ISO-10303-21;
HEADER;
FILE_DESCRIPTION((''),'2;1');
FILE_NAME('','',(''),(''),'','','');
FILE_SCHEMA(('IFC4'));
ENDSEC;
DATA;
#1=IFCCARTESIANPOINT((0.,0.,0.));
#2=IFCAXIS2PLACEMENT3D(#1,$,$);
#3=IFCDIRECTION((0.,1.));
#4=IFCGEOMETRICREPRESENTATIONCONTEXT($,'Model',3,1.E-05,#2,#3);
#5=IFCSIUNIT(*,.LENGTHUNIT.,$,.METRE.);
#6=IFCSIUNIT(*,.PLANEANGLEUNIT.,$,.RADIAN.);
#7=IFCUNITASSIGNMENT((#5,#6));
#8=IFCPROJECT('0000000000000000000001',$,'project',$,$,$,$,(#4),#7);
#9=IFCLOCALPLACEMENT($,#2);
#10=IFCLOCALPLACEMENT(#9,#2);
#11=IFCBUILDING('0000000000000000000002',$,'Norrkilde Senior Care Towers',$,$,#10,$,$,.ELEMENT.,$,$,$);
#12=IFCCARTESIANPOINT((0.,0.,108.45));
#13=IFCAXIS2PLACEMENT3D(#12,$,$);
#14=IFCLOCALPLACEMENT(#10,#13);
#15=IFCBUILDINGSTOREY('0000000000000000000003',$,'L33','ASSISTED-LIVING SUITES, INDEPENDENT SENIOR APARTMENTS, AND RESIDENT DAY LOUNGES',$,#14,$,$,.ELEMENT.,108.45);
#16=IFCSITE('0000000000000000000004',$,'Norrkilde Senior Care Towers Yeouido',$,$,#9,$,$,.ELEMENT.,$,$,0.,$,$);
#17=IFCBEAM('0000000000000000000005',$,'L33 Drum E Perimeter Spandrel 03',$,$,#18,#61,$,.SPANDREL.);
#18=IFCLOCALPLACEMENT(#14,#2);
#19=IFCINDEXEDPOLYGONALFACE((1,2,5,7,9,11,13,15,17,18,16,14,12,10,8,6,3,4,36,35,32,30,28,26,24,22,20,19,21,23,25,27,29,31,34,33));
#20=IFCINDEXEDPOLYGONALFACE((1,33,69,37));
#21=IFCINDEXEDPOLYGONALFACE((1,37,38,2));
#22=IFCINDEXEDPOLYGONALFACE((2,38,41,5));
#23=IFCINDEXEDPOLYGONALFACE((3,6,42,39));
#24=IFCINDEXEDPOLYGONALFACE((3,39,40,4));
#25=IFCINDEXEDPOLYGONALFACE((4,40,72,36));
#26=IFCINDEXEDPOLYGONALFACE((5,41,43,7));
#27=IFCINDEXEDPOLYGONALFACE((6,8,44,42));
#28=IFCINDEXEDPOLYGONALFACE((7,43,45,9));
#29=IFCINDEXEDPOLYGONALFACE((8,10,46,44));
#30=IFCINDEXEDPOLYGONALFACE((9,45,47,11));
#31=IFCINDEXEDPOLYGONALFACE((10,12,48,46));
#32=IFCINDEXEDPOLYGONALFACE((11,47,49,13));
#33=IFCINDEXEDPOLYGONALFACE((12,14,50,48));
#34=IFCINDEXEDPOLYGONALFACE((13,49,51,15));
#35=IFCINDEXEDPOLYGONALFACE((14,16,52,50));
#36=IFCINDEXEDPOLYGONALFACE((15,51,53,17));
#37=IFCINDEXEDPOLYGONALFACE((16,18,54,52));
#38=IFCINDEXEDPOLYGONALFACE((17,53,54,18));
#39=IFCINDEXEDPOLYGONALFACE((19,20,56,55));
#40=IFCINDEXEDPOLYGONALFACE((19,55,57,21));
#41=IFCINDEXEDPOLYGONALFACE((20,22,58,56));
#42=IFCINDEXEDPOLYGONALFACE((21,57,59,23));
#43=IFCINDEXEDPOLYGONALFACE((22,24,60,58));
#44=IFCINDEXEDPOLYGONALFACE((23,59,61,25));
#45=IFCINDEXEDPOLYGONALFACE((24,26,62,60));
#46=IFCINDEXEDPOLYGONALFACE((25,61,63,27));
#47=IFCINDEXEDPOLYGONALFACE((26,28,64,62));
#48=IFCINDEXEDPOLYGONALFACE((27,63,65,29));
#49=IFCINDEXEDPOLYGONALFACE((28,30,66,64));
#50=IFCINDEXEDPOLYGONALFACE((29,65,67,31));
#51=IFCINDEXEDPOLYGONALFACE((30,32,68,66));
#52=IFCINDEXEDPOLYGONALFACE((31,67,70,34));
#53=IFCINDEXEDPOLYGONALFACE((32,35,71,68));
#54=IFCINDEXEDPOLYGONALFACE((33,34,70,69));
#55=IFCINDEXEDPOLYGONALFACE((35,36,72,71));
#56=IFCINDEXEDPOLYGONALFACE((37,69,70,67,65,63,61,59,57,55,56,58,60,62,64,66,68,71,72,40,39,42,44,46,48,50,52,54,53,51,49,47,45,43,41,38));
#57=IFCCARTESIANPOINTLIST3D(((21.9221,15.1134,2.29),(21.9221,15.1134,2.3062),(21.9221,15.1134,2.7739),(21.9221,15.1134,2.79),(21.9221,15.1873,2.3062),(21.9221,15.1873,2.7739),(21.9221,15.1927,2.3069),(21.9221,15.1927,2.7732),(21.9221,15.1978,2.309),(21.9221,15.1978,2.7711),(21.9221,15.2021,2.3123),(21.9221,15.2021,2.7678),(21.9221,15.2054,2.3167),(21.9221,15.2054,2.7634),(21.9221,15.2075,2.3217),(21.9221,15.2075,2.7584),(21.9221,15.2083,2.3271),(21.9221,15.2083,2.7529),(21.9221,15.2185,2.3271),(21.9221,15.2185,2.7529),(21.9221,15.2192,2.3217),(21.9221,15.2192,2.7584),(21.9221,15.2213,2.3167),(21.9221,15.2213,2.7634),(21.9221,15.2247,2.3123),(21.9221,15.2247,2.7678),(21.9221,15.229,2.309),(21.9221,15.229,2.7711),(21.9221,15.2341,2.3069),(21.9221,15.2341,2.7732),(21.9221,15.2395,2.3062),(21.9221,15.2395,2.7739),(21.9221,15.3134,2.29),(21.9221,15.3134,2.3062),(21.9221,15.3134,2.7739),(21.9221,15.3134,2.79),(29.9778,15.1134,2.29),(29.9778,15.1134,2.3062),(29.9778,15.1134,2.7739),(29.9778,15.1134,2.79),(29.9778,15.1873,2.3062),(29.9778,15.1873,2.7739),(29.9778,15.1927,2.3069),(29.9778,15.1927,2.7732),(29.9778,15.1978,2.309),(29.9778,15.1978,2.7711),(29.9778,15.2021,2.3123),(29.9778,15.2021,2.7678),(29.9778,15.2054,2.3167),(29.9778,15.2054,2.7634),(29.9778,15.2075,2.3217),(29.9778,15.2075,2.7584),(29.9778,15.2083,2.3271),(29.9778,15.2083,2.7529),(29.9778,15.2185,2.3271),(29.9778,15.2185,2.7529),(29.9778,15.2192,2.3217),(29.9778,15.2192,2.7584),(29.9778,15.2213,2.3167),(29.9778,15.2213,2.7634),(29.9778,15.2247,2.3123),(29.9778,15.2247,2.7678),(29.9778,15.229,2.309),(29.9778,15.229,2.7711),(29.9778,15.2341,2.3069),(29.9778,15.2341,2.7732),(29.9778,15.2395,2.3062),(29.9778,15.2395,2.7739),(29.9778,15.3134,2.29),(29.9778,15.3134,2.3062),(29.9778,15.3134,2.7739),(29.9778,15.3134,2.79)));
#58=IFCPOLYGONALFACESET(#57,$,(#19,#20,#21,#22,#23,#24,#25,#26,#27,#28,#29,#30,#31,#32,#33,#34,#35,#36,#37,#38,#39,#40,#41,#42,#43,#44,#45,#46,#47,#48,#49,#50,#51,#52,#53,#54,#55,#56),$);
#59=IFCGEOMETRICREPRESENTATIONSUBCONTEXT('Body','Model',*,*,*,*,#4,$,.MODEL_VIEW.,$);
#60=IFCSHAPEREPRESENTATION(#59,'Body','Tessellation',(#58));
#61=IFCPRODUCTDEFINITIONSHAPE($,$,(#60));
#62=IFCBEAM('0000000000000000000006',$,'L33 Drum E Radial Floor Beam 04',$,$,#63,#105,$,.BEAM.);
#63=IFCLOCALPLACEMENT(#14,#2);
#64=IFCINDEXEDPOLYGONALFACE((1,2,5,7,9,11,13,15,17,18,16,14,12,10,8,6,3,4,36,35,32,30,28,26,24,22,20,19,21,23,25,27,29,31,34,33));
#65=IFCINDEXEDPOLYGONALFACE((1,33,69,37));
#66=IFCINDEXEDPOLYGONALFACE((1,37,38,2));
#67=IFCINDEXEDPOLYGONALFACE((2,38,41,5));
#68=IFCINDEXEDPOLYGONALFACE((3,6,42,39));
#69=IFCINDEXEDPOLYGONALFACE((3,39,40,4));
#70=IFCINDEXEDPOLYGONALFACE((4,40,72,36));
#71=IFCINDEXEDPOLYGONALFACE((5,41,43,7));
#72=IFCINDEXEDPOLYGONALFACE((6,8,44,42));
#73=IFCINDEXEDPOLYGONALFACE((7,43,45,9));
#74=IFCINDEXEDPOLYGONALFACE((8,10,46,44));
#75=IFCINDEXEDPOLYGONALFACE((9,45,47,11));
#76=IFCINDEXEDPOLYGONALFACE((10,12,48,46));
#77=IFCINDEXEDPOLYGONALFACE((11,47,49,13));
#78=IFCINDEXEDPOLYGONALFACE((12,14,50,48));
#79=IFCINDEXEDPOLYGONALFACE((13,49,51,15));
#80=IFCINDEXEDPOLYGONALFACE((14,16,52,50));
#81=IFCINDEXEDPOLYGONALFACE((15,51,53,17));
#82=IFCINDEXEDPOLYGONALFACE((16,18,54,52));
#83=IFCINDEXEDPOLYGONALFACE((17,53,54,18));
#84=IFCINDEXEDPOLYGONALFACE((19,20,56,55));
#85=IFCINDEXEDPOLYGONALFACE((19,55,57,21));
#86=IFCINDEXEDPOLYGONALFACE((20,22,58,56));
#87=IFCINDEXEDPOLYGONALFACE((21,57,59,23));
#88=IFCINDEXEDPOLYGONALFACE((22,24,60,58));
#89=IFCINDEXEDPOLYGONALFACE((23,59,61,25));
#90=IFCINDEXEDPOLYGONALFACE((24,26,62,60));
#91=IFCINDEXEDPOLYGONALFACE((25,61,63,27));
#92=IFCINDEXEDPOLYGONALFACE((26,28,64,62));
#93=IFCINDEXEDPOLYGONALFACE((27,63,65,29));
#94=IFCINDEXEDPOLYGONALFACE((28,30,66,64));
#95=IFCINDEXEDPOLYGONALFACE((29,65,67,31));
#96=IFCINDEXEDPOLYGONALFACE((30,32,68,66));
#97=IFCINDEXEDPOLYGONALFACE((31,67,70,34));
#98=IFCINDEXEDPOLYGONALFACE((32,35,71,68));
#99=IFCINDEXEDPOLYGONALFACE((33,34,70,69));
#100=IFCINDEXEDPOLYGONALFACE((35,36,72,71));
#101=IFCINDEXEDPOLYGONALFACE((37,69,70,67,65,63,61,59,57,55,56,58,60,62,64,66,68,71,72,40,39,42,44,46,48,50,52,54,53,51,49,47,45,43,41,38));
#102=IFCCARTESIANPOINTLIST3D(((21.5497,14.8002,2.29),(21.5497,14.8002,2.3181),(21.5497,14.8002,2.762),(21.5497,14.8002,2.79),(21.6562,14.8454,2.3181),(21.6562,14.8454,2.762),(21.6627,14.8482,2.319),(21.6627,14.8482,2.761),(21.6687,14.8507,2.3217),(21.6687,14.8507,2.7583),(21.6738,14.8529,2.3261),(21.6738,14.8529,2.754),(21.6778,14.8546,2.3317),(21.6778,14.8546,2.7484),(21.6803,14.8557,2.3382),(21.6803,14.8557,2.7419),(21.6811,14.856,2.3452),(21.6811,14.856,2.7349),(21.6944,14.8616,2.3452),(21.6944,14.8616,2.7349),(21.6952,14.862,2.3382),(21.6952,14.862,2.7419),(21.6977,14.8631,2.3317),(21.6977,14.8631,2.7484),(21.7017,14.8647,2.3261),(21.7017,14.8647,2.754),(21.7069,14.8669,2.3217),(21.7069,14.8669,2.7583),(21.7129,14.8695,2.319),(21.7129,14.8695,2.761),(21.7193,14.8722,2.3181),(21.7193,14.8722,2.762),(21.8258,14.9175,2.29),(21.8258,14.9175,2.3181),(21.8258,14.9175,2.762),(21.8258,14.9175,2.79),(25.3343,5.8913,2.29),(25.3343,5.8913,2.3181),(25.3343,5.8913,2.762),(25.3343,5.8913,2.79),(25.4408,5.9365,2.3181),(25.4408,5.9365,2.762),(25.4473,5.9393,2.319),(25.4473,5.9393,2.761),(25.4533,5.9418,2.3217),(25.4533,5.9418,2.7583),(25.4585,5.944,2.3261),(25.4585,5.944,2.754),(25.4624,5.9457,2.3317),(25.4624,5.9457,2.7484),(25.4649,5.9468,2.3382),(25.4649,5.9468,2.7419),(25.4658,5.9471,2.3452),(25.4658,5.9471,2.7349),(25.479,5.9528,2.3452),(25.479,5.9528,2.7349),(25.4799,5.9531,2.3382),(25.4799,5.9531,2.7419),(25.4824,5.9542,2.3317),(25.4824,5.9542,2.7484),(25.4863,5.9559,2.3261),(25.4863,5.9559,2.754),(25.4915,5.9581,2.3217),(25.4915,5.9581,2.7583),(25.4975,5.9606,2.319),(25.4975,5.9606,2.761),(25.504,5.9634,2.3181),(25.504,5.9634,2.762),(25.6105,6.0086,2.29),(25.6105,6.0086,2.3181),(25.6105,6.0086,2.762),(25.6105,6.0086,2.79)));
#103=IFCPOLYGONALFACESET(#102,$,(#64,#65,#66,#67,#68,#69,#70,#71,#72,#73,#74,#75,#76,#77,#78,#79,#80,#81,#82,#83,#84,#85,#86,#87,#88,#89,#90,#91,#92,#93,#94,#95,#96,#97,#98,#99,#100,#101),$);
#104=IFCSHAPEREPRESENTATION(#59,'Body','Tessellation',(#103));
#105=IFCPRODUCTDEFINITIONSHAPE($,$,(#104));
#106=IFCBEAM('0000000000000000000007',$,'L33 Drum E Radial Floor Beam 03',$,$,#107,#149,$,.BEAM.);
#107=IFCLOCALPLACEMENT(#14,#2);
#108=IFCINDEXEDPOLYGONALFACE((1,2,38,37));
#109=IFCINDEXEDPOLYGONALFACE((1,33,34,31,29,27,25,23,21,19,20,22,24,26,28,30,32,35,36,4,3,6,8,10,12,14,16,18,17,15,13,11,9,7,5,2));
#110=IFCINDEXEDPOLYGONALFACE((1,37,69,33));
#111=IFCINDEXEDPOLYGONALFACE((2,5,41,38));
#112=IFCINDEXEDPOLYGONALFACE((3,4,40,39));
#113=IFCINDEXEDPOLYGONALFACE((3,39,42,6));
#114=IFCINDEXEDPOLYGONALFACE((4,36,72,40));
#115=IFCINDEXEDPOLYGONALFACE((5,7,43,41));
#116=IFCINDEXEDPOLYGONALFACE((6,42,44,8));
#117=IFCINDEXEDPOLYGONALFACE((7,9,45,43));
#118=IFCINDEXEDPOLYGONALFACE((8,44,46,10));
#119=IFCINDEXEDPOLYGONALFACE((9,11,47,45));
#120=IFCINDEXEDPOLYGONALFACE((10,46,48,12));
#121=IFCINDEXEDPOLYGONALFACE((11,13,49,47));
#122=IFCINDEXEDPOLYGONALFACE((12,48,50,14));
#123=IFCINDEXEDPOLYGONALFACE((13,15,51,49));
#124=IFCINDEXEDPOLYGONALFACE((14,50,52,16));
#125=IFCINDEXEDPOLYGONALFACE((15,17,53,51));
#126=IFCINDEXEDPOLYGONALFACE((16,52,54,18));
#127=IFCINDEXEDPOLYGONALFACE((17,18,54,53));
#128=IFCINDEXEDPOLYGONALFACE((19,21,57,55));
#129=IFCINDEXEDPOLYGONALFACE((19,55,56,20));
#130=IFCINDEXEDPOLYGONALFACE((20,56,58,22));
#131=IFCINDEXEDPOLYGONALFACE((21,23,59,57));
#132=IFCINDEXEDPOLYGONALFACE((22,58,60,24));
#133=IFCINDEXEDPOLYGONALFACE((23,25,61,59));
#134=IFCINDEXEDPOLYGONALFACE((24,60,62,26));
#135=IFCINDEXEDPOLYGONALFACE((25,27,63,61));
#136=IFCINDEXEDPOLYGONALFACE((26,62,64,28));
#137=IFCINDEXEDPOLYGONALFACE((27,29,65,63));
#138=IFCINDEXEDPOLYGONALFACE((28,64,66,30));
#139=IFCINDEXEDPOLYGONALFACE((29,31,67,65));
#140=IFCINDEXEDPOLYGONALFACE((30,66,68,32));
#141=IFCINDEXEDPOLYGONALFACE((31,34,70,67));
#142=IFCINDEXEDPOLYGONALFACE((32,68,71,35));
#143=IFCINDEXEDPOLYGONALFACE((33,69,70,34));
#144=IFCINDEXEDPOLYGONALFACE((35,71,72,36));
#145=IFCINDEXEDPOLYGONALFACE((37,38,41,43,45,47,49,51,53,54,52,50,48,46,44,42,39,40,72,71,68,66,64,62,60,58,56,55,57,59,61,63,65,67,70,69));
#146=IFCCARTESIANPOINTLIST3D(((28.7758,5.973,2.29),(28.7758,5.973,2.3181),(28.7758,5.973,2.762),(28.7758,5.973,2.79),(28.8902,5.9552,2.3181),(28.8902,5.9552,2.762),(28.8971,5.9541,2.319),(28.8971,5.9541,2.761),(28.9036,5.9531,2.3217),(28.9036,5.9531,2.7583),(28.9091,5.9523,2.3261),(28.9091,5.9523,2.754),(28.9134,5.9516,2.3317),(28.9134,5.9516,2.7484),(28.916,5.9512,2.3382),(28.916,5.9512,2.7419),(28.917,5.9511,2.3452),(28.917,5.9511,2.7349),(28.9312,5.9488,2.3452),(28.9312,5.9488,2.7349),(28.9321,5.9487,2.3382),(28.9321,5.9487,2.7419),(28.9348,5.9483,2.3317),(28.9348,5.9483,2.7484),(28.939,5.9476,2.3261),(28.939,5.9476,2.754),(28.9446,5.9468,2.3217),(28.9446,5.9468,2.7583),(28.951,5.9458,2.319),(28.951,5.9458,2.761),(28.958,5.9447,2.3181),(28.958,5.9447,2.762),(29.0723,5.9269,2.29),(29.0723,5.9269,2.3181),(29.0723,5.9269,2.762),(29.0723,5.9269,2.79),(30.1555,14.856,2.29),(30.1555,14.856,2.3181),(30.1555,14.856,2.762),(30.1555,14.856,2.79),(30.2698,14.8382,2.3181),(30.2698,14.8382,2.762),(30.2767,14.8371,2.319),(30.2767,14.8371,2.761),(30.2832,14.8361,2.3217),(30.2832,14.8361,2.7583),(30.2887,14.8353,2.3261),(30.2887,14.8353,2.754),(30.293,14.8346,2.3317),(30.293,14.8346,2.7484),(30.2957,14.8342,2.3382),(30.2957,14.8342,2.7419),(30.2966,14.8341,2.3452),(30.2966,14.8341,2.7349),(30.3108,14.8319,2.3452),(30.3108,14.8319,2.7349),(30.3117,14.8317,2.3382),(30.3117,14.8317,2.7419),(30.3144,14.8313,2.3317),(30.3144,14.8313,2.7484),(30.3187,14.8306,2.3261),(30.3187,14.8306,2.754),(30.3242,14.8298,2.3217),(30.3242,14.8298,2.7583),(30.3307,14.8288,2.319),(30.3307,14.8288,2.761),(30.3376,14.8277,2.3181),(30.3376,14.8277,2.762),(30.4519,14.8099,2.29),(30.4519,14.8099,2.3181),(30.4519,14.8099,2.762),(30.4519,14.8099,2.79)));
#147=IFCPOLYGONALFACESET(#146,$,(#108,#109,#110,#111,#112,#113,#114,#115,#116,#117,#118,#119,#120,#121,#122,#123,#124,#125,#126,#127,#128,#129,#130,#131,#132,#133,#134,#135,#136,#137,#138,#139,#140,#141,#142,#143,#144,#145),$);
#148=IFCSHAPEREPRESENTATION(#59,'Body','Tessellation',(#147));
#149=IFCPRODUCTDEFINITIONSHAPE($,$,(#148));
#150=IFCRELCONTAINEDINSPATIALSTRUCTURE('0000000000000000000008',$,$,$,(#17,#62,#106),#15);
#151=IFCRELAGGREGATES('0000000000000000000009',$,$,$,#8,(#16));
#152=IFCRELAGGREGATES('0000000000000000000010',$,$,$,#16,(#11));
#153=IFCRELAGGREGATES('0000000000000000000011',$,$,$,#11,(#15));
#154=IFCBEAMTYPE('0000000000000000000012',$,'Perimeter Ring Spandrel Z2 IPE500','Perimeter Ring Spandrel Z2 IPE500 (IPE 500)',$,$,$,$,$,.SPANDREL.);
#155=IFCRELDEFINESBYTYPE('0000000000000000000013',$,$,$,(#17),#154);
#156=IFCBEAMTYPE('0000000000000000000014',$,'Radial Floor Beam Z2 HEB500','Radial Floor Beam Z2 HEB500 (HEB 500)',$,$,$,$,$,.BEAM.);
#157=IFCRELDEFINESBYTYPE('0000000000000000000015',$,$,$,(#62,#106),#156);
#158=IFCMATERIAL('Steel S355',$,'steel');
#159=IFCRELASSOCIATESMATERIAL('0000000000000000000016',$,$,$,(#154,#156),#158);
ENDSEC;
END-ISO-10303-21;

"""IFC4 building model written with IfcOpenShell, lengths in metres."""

from ifc_helpers import new_model, si_unit, direction, frame, origin, origin_2d, place, context, subcontext, project, spatial, i_section, extrude, source, transform, mapped, material, material_profile, profile_set, type_object, element, save


model = new_model("IFC4")

# Units and contexts
model_context = context("Model", 3, precision=1e-05, world=origin(), true_north=direction((0.0, 1.0)))
body_context = subcontext(model_context, "Body", "Model", "MODEL_VIEW")
ifc_project = project(units=[si_unit("LENGTHUNIT", "METRE"), si_unit("PLANEANGLEUNIT", "RADIAN")], contexts=[model_context])

# Site, building, storey
site_placement = place(None, origin())
site = spatial("IfcSite", under=ifc_project, at=site_placement, Name="Norrkilde Senior Care Towers Yeouido", CompositionType="ELEMENT", RefElevation=0.0)
building_placement = place(site_placement, origin())
building = spatial("IfcBuilding", under=site, at=building_placement, Name="Norrkilde Senior Care Towers", CompositionType="ELEMENT")
storey_placement = place(building_placement, frame((0.0, 0.0, 108.45)))
storey = spatial("IfcBuildingStorey", under=building, at=storey_placement, Name="L33", Description="ASSISTED-LIVING SUITES, INDEPENDENT SENIOR APARTMENTS, AND RESIDENT DAY LOUNGES", CompositionType="ELEMENT", Elevation=108.45)

# Beams
ifc_material_1 = material(Name="Steel S355", Category="steel")
ifc_material_profile_1 = material_profile(ifc_material_1, i_section(OverallWidth=0.2, OverallDepth=0.5, WebThickness=0.0103, FlangeThickness=0.0161, FilletRadius=0.021, at=origin_2d()), Name="IPE 500")
ifc_profile_set_1 = profile_set([ifc_material_profile_1], Name="Steel S355")
beam_type_1 = type_object("IfcBeamType", Name="Perimeter Ring Spandrel Z2 IPE500", Description="Perimeter Ring Spandrel Z2 IPE500 (IPE 500)", PredefinedType="SPANDREL", material=ifc_profile_set_1)
shared_shape_1 = source(origin(), body_context, "Body", "SweptSolid", [
    extrude(i_section(OverallWidth=0.2, OverallDepth=0.5, WebThickness=0.0103, FlangeThickness=0.0161, FilletRadius=0.021, at=origin_2d()), origin(), (0.0, 0.0, 1.0), 8.0557),
])
beam_1_placement = place(storey_placement, frame((29.9778, 15.2134, 2.54), z_axis=(-1.0, 0.0, 0.0), x_axis=(0.0, -1.0, 0.0)))
element("IfcBeam", 1, at=beam_1_placement, inside=storey, type_object=beam_type_1, Name="L33 Drum E Perimeter Spandrel 03", PredefinedType="SPANDREL", context=body_context, shape_type="MappedRepresentation", body=[
    mapped(shared_shape_1, transform((0.0, 0.0, 0.0), x_axis=(1.0, 0.0, 0.0), y_axis=(0.0, 1.0, 0.0), z_axis=(0.0, 0.0, 1.0), scale=1.0)),
])
ifc_material_profile_2 = material_profile(ifc_material_1, i_section(OverallWidth=0.3, OverallDepth=0.5, WebThickness=0.0144, FlangeThickness=0.0281, FilletRadius=0.0271, at=origin_2d()), Name="HEB 500")
ifc_profile_set_2 = profile_set([ifc_material_profile_2], Name="Steel S355")
beam_type_2 = type_object("IfcBeamType", Name="Radial Floor Beam Z2 HEB500", Description="Radial Floor Beam Z2 HEB500 (HEB 500)", PredefinedType="BEAM", material=ifc_profile_set_2)
shared_shape_2 = source(origin(), body_context, "Body", "SweptSolid", [
    extrude(i_section(OverallWidth=0.3, OverallDepth=0.5, WebThickness=0.0144, FlangeThickness=0.0281, FilletRadius=0.0271, at=origin_2d()), origin(), (0.0, 0.0, 1.0), 9.6794),
])
beam_2_placement = place(storey_placement, frame((25.4724, 5.95, 2.54), z_axis=(-0.390998, 0.920392, 0.0), x_axis=(-0.920392, -0.390998, 0.0)))
element("IfcBeam", 2, at=beam_2_placement, inside=storey, type_object=beam_type_2, Name="L33 Drum E Radial Floor Beam 04", PredefinedType="BEAM", context=body_context, shape_type="MappedRepresentation", body=[
    mapped(shared_shape_2, transform((0.0, 0.0, 0.0), x_axis=(1.0, 0.0, 0.0), y_axis=(0.0, 1.0, 0.0), z_axis=(0.0, 0.0, 1.0), scale=1.0)),
])
shared_shape_3 = source(origin(), body_context, "Body", "SweptSolid", [
    extrude(i_section(OverallWidth=0.3, OverallDepth=0.5, WebThickness=0.0144, FlangeThickness=0.0281, FilletRadius=0.0271, at=origin_2d()), origin(), (0.0, 0.0, 1.0), 8.9895),
])
beam_3_placement = place(storey_placement, frame((28.9241, 5.95, 2.54), z_axis=(0.153471, 0.988153, 0.0), x_axis=(-0.988153, 0.153471, 0.0)))
element("IfcBeam", 3, at=beam_3_placement, inside=storey, type_object=beam_type_2, Name="L33 Drum E Radial Floor Beam 03", PredefinedType="BEAM", context=body_context, shape_type="MappedRepresentation", body=[
    mapped(shared_shape_3, transform((0.0, 0.0, 0.0), x_axis=(1.0, 0.0, 0.0), y_axis=(0.0, 1.0, 0.0), z_axis=(0.0, 0.0, 1.0), scale=1.0)),
])

save(model, "model.ifc")
